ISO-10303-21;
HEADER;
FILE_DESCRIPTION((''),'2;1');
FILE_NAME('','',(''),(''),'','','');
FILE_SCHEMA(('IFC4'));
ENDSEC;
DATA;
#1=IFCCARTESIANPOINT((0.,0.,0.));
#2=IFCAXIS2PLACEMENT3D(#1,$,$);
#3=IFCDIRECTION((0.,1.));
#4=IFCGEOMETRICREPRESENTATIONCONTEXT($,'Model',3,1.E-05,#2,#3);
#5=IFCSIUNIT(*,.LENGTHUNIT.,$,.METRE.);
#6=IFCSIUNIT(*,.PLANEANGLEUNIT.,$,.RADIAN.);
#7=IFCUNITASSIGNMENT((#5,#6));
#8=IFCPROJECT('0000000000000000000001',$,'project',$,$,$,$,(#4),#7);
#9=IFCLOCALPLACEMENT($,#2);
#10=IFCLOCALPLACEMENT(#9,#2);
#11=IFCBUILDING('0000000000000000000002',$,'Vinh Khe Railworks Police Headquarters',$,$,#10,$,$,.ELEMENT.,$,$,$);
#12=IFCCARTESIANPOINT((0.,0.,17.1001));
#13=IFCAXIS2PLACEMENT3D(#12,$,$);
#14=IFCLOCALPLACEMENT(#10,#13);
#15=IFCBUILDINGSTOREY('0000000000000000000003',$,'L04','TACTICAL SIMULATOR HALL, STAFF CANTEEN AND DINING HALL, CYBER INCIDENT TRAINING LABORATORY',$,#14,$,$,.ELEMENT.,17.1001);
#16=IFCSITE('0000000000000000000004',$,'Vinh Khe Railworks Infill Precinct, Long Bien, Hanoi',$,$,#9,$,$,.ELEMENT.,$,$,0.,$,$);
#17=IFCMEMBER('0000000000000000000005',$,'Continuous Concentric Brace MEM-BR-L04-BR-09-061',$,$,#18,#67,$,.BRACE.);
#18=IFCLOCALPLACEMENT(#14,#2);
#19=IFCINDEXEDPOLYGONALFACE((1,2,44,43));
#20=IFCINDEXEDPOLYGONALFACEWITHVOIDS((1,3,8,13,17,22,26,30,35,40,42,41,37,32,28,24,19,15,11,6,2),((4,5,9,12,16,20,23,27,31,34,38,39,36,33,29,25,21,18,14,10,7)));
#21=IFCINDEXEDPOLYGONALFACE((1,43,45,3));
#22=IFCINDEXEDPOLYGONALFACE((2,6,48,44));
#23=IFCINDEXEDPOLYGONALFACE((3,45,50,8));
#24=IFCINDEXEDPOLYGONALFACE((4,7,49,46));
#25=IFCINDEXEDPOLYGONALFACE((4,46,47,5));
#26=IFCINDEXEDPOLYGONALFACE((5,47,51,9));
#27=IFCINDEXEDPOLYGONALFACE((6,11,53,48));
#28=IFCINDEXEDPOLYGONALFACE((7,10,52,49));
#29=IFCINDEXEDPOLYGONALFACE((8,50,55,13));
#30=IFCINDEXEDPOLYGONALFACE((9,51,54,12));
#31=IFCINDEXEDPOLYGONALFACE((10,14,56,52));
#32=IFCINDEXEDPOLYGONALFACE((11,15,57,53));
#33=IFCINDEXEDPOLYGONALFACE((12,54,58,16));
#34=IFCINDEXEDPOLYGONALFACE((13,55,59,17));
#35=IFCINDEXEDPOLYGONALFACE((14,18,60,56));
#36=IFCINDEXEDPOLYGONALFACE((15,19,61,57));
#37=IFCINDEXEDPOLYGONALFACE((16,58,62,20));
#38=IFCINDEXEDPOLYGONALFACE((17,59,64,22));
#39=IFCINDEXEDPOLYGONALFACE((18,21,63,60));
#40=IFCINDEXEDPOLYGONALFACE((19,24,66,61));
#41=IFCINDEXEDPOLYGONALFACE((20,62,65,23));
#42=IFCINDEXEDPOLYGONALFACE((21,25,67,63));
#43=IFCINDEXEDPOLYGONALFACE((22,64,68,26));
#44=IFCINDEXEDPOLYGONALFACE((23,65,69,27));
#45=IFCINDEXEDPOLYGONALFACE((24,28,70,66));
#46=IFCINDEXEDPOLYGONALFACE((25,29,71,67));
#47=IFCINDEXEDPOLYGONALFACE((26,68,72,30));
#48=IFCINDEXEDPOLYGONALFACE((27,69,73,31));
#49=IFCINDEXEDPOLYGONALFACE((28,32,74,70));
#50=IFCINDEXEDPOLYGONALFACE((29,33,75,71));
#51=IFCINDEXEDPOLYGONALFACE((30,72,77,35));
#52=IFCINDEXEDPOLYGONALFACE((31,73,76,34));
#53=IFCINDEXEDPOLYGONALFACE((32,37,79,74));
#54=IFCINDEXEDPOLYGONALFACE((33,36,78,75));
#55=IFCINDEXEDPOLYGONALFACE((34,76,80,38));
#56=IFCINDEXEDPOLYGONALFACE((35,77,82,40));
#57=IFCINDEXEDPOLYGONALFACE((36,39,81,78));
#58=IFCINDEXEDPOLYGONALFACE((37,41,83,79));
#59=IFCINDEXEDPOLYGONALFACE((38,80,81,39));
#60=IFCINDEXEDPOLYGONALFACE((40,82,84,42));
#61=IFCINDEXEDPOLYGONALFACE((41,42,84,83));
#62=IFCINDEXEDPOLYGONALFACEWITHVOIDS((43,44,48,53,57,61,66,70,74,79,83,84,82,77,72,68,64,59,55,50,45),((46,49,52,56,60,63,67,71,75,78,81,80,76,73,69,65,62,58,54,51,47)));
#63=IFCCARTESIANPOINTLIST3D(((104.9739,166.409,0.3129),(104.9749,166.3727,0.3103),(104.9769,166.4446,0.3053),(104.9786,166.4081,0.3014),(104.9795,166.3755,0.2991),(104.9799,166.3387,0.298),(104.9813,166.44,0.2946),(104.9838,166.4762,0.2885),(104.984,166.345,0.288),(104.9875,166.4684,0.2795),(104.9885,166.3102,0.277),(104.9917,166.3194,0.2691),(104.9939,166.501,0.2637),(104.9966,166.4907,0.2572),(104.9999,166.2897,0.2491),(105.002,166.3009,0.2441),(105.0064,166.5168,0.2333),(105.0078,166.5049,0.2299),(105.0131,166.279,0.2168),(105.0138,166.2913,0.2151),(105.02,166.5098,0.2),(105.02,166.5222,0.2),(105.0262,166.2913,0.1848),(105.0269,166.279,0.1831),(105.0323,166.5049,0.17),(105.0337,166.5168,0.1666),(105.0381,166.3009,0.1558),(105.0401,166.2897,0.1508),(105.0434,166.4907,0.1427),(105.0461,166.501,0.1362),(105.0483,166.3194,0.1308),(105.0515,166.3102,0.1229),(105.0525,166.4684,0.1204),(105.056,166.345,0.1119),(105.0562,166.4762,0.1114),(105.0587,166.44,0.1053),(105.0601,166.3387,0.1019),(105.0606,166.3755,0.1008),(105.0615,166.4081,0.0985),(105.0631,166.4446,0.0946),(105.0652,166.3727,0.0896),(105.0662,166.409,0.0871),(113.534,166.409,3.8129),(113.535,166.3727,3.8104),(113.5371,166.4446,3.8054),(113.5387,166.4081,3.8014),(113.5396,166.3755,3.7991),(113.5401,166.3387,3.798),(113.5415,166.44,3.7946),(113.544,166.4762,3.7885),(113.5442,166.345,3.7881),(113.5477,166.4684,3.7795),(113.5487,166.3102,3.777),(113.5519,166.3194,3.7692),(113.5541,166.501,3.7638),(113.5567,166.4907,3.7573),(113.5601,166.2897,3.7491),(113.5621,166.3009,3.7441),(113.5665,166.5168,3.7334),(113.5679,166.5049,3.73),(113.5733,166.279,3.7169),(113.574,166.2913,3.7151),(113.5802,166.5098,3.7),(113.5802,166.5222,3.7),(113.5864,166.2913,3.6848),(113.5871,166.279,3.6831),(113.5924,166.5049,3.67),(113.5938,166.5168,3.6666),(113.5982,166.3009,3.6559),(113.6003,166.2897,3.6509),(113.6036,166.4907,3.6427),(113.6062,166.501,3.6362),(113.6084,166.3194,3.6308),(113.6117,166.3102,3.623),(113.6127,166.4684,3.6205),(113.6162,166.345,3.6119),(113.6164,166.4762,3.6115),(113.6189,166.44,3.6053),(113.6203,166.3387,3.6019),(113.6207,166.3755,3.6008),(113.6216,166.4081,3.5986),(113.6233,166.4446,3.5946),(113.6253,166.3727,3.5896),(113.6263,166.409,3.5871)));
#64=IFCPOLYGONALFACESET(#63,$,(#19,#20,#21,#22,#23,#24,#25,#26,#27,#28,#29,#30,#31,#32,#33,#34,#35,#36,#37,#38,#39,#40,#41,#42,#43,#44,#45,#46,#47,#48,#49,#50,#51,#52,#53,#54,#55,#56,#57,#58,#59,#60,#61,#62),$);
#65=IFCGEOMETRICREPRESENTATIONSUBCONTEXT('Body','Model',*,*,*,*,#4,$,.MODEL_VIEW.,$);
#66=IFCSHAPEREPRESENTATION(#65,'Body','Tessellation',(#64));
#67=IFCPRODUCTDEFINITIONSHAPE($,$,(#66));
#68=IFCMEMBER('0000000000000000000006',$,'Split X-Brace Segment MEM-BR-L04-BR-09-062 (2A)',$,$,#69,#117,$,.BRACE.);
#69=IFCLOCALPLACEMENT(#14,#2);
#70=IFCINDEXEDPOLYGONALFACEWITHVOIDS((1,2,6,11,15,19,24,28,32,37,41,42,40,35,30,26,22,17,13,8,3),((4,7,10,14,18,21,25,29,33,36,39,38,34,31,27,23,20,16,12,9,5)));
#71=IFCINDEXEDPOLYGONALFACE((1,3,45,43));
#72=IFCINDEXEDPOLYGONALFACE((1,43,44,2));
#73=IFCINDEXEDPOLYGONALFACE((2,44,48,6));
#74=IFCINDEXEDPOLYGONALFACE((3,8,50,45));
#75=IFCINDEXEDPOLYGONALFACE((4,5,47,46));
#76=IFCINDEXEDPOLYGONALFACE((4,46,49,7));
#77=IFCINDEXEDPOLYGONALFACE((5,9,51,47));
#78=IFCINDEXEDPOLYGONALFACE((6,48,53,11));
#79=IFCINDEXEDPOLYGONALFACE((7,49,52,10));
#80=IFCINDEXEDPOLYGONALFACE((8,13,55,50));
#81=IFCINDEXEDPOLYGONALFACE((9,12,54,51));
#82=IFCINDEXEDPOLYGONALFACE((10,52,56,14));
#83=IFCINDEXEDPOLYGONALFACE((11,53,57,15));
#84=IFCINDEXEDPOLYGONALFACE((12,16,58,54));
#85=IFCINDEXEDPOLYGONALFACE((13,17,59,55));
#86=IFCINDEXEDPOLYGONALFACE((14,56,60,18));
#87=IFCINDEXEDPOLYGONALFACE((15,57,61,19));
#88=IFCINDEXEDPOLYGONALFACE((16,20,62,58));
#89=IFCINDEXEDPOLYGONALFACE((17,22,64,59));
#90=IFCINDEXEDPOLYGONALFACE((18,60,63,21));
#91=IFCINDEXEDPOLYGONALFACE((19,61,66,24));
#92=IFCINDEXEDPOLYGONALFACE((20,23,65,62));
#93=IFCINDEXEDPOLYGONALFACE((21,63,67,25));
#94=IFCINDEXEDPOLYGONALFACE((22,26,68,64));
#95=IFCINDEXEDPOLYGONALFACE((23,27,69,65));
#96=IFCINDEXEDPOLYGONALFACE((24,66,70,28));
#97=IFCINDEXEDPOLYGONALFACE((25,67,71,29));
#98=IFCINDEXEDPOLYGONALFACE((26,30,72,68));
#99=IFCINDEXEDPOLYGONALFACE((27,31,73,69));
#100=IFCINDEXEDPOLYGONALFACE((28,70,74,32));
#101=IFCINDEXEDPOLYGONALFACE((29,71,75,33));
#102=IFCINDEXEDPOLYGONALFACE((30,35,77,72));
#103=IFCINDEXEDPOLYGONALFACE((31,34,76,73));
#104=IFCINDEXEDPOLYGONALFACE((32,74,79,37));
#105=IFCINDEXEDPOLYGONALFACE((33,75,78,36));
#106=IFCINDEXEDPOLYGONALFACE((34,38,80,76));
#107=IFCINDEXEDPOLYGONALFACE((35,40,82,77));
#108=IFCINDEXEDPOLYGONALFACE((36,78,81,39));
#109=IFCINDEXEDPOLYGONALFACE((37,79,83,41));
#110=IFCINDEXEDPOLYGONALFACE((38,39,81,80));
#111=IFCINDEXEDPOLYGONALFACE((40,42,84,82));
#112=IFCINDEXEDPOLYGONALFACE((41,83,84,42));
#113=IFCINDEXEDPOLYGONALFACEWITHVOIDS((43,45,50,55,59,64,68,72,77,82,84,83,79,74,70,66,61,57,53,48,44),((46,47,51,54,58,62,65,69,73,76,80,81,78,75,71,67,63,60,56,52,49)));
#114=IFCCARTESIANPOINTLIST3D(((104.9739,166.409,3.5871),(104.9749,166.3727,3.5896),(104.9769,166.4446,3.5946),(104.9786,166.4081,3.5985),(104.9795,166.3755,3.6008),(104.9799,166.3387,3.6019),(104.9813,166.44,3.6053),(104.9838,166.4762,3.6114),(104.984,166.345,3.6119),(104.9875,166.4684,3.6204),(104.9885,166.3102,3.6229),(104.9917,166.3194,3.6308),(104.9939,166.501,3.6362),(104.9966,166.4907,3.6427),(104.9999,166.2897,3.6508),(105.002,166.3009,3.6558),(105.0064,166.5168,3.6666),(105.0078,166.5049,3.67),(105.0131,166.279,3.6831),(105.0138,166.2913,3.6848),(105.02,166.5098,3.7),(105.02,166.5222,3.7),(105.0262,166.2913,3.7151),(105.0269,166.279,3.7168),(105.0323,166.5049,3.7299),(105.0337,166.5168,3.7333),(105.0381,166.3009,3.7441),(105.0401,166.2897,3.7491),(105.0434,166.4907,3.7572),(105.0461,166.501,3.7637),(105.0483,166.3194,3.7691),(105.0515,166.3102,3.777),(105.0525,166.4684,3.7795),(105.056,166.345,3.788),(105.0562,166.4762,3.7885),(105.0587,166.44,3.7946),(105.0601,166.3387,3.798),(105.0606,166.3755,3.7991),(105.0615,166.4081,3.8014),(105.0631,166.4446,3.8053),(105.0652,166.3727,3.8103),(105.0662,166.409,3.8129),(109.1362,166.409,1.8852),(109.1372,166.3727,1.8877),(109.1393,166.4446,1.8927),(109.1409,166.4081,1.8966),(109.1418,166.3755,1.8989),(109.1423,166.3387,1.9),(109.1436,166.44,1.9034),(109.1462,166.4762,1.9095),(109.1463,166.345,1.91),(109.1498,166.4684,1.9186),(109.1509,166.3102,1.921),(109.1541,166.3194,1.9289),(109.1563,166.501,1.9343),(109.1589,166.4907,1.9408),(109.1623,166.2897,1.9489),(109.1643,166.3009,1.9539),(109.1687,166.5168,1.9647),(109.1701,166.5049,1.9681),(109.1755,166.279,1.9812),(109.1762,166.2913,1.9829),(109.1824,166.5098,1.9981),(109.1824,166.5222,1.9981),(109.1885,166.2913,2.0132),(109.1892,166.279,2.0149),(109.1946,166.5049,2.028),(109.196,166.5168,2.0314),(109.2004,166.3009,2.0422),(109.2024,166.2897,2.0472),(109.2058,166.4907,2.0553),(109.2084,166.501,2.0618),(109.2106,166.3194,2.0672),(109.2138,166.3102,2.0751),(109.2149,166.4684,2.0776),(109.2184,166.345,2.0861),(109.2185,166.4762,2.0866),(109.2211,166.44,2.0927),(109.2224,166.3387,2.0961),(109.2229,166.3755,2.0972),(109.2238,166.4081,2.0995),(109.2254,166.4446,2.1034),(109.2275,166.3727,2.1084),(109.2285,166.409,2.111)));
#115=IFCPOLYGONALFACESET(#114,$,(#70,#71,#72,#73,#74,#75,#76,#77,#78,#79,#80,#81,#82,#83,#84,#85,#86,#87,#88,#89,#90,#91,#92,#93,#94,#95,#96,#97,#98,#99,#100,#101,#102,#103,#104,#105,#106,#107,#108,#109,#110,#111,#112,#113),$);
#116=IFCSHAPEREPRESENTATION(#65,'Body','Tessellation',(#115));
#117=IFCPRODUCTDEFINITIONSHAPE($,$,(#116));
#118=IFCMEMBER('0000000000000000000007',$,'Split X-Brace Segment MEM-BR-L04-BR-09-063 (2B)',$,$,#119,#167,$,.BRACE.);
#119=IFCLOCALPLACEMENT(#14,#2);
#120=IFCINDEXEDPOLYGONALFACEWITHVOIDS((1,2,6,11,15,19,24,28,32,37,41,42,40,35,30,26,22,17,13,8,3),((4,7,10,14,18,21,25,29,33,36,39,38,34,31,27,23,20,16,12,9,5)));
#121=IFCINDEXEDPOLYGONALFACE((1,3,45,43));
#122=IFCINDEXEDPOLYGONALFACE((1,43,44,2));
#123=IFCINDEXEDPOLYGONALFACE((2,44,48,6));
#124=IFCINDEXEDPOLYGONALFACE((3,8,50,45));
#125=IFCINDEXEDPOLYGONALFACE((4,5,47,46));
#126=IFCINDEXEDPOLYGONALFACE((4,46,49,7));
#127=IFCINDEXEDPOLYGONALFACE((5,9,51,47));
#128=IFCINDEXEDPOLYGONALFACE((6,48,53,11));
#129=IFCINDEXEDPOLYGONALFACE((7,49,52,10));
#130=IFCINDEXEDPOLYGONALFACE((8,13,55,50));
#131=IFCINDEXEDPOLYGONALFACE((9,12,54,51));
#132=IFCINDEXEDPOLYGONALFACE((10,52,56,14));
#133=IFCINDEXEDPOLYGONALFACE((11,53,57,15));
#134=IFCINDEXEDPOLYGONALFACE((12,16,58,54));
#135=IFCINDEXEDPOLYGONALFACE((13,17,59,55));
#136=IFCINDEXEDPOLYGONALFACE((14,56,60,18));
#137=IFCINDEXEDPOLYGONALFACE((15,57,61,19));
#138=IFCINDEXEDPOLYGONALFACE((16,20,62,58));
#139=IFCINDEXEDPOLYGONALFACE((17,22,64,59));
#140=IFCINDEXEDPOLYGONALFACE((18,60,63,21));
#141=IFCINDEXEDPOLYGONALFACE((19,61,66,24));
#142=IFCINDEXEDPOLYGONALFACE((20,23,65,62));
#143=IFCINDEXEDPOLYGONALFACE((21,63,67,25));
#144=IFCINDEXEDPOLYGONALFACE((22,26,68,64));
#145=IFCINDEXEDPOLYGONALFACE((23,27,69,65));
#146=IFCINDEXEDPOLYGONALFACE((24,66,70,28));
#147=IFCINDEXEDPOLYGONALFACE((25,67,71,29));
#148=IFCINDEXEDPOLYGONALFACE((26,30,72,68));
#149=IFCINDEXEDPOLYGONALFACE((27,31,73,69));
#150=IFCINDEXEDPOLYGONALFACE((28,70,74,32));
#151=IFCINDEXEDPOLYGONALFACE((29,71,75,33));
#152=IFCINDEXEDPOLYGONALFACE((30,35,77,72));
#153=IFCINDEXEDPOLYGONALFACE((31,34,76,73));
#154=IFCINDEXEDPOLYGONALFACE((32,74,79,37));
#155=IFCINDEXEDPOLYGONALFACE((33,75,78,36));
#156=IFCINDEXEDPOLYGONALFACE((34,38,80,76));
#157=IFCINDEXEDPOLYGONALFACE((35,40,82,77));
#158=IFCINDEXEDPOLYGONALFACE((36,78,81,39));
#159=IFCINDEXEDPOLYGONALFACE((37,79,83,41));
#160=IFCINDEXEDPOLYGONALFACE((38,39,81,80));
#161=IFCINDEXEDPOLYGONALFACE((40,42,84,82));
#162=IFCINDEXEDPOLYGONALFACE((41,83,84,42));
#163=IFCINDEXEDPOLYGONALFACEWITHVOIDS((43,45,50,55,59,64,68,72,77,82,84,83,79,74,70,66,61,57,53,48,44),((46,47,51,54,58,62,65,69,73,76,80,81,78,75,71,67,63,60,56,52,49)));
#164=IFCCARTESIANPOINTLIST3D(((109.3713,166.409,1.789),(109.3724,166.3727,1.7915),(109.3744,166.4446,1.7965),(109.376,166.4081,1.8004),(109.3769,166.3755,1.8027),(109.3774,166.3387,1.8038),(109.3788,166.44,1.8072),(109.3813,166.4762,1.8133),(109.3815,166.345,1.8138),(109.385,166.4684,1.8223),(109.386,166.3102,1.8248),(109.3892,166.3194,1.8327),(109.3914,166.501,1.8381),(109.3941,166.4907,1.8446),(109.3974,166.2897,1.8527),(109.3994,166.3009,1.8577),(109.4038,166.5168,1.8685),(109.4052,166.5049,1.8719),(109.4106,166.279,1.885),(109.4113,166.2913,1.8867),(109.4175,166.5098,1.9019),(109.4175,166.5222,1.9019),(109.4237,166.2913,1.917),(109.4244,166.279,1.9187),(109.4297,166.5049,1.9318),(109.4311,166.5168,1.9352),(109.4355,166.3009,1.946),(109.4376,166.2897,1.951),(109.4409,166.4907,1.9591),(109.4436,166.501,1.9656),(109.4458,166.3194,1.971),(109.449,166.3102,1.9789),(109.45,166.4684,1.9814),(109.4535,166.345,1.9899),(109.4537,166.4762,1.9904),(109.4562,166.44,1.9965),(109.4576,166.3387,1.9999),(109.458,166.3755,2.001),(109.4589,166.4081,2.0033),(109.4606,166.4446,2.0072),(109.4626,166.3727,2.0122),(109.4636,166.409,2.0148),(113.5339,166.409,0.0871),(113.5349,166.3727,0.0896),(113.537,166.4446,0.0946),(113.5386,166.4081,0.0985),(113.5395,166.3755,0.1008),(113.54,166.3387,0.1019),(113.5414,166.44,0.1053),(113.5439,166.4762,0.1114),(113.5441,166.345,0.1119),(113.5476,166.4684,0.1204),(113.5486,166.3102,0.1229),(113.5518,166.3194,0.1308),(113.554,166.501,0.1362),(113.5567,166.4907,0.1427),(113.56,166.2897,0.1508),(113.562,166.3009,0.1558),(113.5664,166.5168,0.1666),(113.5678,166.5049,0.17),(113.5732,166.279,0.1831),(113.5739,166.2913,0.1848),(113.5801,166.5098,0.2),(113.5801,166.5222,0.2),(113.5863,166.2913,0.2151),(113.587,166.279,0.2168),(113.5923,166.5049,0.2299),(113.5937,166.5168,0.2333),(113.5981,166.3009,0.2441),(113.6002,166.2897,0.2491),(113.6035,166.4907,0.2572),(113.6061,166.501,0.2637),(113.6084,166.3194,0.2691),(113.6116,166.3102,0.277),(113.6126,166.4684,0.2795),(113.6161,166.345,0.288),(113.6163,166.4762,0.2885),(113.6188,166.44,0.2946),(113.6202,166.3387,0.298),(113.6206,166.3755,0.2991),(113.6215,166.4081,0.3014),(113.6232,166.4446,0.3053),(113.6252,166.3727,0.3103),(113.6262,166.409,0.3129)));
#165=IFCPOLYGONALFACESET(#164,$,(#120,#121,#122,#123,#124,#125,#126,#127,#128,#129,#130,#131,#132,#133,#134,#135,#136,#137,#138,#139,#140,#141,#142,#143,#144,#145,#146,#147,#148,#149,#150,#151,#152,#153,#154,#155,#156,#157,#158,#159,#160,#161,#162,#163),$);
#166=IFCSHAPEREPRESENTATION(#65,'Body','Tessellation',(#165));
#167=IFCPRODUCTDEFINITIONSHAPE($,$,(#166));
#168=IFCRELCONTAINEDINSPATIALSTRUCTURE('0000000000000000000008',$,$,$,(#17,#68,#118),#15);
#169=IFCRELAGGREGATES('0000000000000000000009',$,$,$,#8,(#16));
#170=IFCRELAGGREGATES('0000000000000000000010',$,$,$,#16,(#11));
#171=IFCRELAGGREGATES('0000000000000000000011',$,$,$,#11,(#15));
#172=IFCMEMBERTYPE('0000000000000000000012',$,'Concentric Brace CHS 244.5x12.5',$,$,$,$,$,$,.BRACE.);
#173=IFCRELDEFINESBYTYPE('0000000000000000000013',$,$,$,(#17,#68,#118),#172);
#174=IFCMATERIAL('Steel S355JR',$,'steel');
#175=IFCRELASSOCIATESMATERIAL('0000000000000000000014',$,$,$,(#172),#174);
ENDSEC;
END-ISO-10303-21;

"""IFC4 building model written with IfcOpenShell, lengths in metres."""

from ifc_helpers import new_model, si_unit, direction, frame, origin, origin_2d, place, context, subcontext, project, spatial, hollow_circle, extrude, material, material_profile, profile_set, type_object, element, save


model = new_model("IFC4")

# Units and contexts
model_context = context("Model", 3, precision=1e-05, world=origin(), true_north=direction((0.0, 1.0)))
body_context = subcontext(model_context, "Body", "Model", "MODEL_VIEW")
ifc_project = project(units=[si_unit("LENGTHUNIT", "METRE"), si_unit("PLANEANGLEUNIT", "RADIAN")], contexts=[model_context])

# Site, building, storey
site_placement = place(None, origin())
site = spatial("IfcSite", under=ifc_project, at=site_placement, Name="Vinh Khe Railworks Infill Precinct, Long Bien, Hanoi", CompositionType="ELEMENT", RefElevation=0.0)
building_placement = place(site_placement, origin())
building = spatial("IfcBuilding", under=site, at=building_placement, Name="Vinh Khe Railworks Police Headquarters", CompositionType="ELEMENT")
storey_placement = place(building_placement, frame((0.0, 0.0, 17.1001)))
storey = spatial("IfcBuildingStorey", under=building, at=storey_placement, Name="L04", Description="TACTICAL SIMULATOR HALL, STAFF CANTEEN AND DINING HALL, CYBER INCIDENT TRAINING LABORATORY", CompositionType="ELEMENT", Elevation=17.1001)

# Shared definitions
ifc_material_1 = material(Name="Steel S355JR", Category="steel")

# Members
ifc_material_profile_1 = material_profile(ifc_material_1, hollow_circle(Radius=0.1223, WallThickness=0.0125, at=origin_2d()), Name="CHS 244.5x12.5")
ifc_profile_set_1 = profile_set([ifc_material_profile_1], Name="Steel S355JR")
member_type = type_object("IfcMemberType", Name="Concentric Brace CHS 244.5x12.5", PredefinedType="BRACE", material=ifc_profile_set_1)
member_1_placement = place(storey_placement, frame((105.02, 166.3999, 0.2), z_axis=(0.925617, 0.0, 0.378462), x_axis=(0.0, 1.0, 0.0)))
element("IfcMember", 1, at=member_1_placement, inside=storey, type_object=member_type, Name="Continuous Concentric Brace MEM-BR-L04-BR-09-061", PredefinedType="BRACE", context=body_context, shape_type="SweptSolid", body=[
    extrude(hollow_circle(Radius=0.1223, WallThickness=0.0125, at=origin_2d()), origin(), (0.0, 0.0, 1.0), 9.248),
])
member_2_placement = place(storey_placement, frame((105.02, 166.3999, 3.7), z_axis=(0.925615, 0.0, -0.378466), x_axis=(0.0, 1.0, 0.0)))
element("IfcMember", 2, at=member_2_placement, inside=storey, type_object=member_type, Name="Split X-Brace Segment MEM-BR-L04-BR-09-062 (2A)", PredefinedType="BRACE", context=body_context, shape_type="SweptSolid", body=[
    extrude(hollow_circle(Radius=0.1223, WallThickness=0.0125, at=origin_2d()), origin(), (0.0, 0.0, 1.0), 4.4968),
])
member_3_placement = place(storey_placement, frame((109.4175, 166.3999, 1.9019), z_axis=(0.925623, 0.0, -0.378447), x_axis=(0.0, 1.0, 0.0)))
element("IfcMember", 3, at=member_3_placement, inside=storey, type_object=member_type, Name="Split X-Brace Segment MEM-BR-L04-BR-09-063 (2B)", PredefinedType="BRACE", context=body_context, shape_type="SweptSolid", body=[
    extrude(hollow_circle(Radius=0.1223, WallThickness=0.0125, at=origin_2d()), origin(), (0.0, 0.0, 1.0), 4.4971),
])

save(model, "model.ifc")
